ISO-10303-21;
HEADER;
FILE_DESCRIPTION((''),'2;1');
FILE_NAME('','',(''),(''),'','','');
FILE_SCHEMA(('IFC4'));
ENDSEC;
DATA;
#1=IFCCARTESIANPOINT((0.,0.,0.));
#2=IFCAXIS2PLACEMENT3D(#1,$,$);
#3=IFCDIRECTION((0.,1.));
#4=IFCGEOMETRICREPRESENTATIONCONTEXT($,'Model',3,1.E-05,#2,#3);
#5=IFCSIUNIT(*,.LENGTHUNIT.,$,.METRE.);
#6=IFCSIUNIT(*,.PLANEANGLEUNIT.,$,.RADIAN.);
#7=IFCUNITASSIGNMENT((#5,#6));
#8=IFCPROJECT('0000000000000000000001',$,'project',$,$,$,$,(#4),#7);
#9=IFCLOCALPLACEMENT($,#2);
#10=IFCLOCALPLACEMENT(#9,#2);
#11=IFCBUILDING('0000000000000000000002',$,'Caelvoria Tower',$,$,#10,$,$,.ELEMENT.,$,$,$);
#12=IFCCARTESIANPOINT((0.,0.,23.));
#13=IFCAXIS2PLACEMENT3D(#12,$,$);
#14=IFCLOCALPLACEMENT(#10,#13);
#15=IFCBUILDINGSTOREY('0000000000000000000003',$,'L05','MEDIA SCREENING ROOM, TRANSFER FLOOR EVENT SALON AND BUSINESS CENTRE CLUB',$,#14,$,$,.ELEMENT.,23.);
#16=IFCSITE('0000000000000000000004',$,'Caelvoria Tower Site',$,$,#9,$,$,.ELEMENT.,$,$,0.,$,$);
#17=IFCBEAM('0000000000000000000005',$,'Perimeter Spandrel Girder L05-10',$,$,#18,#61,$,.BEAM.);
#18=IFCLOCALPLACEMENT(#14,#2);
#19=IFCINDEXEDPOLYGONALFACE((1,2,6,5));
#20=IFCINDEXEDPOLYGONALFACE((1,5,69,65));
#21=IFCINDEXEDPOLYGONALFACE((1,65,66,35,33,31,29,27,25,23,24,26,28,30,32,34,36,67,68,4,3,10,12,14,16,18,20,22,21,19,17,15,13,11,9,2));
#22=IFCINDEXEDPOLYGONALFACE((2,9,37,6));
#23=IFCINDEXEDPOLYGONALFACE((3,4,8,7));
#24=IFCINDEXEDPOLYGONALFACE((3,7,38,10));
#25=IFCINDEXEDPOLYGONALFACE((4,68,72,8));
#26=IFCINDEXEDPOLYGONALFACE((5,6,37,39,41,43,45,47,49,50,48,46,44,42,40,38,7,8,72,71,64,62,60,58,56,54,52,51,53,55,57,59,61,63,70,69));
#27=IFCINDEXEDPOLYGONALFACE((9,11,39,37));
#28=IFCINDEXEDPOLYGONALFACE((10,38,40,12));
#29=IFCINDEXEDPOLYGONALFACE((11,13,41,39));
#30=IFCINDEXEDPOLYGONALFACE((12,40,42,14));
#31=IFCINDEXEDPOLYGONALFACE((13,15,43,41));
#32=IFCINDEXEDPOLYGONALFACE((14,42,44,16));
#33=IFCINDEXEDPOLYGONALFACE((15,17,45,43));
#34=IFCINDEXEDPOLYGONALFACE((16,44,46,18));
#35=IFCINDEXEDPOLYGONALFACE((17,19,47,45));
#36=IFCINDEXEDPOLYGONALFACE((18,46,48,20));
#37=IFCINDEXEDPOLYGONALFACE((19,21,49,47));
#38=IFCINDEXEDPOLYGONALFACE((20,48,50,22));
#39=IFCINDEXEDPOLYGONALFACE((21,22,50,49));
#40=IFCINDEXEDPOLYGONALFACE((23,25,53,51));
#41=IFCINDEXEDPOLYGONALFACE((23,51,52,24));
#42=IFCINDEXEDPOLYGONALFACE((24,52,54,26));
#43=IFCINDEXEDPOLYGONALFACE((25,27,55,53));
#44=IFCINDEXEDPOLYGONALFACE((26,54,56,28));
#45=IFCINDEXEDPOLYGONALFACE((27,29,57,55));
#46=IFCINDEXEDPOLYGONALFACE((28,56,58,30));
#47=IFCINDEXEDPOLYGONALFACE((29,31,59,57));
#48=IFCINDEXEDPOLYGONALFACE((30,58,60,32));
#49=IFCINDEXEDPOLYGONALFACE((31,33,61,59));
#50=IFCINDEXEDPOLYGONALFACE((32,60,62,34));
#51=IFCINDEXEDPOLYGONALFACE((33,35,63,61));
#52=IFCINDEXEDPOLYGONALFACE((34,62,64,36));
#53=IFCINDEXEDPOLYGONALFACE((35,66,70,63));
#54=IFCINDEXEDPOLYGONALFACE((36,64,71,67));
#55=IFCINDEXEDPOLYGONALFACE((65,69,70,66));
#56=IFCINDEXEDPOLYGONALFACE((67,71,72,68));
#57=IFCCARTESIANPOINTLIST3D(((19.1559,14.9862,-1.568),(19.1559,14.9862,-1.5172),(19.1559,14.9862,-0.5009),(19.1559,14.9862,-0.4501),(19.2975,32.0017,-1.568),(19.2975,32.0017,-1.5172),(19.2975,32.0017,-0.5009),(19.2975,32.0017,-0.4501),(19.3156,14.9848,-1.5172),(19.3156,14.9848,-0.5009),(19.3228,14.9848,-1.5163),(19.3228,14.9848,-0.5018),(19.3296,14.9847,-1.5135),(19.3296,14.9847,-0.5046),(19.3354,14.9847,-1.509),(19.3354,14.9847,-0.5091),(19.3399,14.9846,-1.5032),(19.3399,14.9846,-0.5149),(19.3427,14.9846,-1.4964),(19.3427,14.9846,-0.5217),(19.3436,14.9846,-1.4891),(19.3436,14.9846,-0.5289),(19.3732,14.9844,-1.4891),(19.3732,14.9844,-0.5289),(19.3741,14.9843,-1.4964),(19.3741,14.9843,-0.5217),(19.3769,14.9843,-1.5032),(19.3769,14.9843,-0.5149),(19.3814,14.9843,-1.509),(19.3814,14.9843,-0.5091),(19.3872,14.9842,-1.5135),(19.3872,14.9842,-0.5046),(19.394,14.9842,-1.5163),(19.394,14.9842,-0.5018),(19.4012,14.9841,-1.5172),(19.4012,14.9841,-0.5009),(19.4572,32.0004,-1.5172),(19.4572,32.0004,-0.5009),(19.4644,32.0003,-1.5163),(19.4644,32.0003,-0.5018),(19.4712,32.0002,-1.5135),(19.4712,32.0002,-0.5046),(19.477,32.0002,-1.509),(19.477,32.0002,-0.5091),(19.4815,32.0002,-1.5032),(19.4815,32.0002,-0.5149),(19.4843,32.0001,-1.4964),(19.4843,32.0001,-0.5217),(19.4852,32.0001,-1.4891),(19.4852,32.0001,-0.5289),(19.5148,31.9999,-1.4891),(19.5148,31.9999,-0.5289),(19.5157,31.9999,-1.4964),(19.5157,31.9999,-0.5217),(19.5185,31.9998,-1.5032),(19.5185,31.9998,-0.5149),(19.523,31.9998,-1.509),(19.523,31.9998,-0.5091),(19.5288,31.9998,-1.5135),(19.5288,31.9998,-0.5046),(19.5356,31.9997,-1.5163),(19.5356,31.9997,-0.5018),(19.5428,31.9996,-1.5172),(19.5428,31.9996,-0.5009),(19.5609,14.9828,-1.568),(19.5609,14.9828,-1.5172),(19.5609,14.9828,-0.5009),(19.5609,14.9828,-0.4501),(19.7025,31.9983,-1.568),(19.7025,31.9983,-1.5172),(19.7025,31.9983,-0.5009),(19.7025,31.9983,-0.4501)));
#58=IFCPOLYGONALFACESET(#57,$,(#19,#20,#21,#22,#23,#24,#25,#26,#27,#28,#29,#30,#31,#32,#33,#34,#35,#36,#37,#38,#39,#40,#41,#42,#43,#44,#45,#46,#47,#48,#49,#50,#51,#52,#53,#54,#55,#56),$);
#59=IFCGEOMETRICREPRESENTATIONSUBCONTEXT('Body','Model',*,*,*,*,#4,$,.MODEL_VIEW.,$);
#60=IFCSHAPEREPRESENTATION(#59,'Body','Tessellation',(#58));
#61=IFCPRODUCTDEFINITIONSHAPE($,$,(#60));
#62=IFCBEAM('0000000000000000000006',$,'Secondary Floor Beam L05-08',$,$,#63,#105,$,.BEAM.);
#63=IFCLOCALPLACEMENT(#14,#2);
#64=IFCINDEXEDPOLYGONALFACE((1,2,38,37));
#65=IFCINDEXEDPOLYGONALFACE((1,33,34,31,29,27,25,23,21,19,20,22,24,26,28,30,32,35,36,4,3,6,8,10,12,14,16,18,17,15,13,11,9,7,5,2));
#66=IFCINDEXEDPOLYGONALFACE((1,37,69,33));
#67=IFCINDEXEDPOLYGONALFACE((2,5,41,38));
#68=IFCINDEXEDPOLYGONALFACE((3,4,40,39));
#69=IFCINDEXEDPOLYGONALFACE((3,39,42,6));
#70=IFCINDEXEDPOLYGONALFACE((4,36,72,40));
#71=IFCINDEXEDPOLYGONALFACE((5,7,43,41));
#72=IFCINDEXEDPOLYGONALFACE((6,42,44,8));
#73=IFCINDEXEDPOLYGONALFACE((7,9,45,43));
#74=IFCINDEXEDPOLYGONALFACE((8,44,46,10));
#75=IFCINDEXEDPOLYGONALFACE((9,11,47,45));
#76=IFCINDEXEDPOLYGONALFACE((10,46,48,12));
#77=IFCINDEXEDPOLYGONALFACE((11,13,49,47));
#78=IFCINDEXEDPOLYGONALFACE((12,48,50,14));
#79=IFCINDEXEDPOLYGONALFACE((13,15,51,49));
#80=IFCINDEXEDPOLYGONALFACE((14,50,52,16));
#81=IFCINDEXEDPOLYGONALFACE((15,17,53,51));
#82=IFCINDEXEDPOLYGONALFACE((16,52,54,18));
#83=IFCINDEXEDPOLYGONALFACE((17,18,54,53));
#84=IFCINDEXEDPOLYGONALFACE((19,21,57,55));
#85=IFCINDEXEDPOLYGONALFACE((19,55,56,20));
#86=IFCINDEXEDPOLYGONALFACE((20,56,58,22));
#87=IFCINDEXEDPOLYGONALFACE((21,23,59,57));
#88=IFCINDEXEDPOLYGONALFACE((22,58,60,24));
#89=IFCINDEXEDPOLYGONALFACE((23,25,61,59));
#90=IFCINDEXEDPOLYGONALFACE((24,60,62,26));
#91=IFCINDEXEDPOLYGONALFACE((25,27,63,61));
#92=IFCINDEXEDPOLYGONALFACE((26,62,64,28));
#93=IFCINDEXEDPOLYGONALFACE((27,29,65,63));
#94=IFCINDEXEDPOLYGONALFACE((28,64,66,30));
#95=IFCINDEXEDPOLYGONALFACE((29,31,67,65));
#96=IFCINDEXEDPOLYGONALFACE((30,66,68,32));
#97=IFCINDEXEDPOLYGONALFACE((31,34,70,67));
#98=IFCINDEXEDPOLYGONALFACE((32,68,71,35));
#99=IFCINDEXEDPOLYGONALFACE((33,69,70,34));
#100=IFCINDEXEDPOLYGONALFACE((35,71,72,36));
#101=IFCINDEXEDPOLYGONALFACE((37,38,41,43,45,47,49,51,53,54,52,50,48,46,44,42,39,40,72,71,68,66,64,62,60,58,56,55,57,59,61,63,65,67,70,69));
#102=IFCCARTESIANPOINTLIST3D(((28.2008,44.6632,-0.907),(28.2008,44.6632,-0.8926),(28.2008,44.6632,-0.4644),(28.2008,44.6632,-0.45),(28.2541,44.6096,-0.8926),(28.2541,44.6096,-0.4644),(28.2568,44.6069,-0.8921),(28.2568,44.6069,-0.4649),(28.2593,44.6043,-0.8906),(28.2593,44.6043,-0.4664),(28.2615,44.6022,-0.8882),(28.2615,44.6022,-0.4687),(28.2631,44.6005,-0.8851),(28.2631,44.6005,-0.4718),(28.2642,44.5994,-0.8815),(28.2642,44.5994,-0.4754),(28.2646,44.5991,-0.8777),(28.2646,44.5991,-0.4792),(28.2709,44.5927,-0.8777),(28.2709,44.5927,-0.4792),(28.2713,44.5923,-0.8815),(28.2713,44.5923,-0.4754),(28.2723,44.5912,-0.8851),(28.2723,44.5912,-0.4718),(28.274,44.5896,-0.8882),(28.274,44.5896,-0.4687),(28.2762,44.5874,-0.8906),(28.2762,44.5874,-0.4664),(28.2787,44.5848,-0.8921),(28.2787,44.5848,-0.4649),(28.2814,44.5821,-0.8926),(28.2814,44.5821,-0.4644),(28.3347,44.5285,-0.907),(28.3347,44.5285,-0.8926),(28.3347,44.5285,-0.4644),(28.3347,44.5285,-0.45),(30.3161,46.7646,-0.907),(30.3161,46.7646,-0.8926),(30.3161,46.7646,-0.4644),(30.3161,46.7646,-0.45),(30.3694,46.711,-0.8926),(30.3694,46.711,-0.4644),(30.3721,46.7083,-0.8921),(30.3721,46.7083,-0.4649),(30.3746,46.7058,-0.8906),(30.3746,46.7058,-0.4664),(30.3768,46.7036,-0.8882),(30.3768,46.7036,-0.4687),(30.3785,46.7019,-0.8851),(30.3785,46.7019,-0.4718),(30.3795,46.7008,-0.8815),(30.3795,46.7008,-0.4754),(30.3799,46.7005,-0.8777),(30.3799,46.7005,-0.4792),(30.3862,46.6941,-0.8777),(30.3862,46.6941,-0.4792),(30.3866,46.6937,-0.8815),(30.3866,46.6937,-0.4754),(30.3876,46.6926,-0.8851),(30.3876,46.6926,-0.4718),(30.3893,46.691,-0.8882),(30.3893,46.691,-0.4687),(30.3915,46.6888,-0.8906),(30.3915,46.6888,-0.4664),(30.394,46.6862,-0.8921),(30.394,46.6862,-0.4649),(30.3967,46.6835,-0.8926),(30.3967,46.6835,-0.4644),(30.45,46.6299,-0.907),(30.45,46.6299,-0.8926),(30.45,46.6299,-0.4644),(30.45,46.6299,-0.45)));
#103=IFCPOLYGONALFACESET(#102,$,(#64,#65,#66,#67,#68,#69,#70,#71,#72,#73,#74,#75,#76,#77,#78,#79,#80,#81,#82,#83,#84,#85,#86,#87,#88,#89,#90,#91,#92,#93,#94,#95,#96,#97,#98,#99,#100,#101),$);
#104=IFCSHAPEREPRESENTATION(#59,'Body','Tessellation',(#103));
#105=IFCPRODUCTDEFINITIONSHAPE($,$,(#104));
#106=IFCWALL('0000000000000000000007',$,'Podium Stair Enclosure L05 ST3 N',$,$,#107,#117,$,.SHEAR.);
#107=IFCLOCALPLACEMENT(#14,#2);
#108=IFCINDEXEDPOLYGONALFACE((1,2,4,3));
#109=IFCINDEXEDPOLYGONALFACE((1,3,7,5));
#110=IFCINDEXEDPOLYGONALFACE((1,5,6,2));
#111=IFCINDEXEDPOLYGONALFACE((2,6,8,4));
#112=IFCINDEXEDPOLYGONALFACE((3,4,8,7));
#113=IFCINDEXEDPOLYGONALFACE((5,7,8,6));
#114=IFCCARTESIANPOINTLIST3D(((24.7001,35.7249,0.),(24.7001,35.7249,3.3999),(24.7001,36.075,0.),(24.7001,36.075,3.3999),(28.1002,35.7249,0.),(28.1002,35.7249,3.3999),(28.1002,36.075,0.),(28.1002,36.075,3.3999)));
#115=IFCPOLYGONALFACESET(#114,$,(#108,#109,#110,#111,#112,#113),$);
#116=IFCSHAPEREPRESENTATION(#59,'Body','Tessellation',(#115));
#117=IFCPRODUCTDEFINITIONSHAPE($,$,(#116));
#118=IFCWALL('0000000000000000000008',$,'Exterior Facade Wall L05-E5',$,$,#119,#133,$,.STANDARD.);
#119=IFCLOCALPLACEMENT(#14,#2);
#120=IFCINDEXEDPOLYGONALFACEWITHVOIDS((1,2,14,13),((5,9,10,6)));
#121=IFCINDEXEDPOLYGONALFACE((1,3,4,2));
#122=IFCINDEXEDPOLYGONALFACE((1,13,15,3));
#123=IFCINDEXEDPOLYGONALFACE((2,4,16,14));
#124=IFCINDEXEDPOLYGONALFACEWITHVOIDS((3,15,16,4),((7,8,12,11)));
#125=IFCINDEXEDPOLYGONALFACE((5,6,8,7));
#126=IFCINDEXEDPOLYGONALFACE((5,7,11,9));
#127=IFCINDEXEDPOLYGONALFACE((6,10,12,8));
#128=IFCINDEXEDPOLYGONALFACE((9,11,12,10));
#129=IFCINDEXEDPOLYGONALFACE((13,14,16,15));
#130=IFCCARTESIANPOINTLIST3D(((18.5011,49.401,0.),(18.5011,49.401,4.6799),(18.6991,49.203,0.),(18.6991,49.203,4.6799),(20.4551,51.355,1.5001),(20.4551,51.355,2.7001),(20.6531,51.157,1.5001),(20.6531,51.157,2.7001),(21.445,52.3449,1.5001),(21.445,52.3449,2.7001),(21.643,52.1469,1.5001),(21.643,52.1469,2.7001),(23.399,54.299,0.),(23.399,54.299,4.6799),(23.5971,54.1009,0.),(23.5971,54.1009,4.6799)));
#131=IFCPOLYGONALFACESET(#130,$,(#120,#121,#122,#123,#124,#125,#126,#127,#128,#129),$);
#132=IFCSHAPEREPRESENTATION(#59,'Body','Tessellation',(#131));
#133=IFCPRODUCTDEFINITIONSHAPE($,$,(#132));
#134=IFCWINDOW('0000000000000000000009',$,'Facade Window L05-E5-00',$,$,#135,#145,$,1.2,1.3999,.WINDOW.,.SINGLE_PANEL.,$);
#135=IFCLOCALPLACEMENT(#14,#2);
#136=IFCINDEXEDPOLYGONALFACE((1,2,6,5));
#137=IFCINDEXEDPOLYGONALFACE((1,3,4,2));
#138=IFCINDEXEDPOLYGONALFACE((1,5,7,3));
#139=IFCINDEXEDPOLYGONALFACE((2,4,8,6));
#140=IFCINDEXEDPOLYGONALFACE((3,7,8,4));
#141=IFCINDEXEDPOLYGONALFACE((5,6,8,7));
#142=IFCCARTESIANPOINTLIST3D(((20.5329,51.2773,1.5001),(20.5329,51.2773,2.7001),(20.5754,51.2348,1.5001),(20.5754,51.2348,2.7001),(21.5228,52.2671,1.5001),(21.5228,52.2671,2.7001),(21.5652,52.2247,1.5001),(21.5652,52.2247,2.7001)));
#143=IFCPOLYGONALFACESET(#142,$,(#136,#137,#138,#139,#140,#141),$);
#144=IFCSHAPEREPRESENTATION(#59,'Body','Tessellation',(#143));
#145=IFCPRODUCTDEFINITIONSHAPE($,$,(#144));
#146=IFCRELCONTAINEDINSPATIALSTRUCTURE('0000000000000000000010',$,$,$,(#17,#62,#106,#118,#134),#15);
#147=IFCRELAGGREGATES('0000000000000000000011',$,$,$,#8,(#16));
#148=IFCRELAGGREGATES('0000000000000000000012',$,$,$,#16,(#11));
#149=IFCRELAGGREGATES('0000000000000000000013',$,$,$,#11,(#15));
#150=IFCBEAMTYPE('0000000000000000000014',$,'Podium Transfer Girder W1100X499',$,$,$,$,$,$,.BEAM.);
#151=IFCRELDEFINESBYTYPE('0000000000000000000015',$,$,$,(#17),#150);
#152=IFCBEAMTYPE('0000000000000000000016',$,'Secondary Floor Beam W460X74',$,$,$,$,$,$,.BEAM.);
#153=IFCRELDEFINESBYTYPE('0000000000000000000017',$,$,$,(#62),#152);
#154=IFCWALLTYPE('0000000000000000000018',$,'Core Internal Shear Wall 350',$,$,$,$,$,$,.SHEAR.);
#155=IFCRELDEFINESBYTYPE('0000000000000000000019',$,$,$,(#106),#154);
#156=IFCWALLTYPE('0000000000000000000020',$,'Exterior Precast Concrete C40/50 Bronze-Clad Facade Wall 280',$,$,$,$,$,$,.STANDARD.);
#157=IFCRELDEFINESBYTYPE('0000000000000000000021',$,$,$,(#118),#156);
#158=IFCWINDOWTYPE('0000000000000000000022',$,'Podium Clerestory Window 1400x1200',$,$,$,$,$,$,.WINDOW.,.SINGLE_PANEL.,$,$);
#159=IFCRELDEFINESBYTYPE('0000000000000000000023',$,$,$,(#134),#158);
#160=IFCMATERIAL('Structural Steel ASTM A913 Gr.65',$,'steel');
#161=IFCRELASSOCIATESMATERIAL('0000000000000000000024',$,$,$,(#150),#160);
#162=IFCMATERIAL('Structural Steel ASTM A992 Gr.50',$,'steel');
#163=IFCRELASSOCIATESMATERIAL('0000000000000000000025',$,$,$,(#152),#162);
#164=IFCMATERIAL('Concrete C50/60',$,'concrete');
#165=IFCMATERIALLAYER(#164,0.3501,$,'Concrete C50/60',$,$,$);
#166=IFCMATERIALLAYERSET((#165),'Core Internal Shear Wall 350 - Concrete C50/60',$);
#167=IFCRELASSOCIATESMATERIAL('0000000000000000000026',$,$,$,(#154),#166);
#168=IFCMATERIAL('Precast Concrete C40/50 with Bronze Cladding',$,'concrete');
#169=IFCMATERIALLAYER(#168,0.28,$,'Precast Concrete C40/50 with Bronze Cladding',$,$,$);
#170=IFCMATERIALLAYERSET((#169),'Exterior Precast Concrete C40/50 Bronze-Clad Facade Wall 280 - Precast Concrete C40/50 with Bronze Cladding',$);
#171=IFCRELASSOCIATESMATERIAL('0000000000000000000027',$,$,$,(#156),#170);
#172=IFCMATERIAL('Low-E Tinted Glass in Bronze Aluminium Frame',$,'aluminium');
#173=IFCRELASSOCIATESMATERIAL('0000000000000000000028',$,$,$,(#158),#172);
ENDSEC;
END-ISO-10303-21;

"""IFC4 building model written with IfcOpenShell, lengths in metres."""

from ifc_helpers import new_model, si_unit, direction, frame, frame_2d, origin, origin_2d, place, context, subcontext, project, spatial, rectangle, i_section, extrude, material, layer, layer_set, material_profile, profile_set, type_object, element, fill, save


model = new_model("IFC4")

# Units and contexts
model_context = context("Model", 3, precision=1e-05, world=origin(), true_north=direction((0.0, 1.0)))
body_context = subcontext(model_context, "Body", "Model", "MODEL_VIEW")
ifc_project = project(units=[si_unit("LENGTHUNIT", "METRE"), si_unit("PLANEANGLEUNIT", "RADIAN")], contexts=[model_context])

# Site, building, storey
site_placement = place(None, origin())
site = spatial("IfcSite", under=ifc_project, at=site_placement, Name="Caelvoria Tower Site", CompositionType="ELEMENT", RefElevation=0.0)
building_placement = place(site_placement, origin())
building = spatial("IfcBuilding", under=site, at=building_placement, Name="Caelvoria Tower", CompositionType="ELEMENT")
storey_placement = place(building_placement, frame((0.0, 0.0, 23.0)))
storey = spatial("IfcBuildingStorey", under=building, at=storey_placement, Name="L05", Description="MEDIA SCREENING ROOM, TRANSFER FLOOR EVENT SALON AND BUSINESS CENTRE CLUB", CompositionType="ELEMENT", Elevation=23.0)

# Shared definitions
ifc_material_1 = material(Name="Structural Steel ASTM A913 Gr.65", Category="steel")

# Beams
ifc_material_profile_1 = material_profile(ifc_material_1, i_section(OverallWidth=0.405, OverallDepth=1.1179, WebThickness=0.0295, FlangeThickness=0.0508, FilletRadius=0.0281, at=origin_2d()), Name="Structural Steel ASTM A913 Gr.65")
ifc_profile_set_1 = profile_set([ifc_material_profile_1], Name="W1100X499 - Structural Steel ASTM A913 Gr.65")
beam_type_1 = type_object("IfcBeamType", Name="Podium Transfer Girder W1100X499", PredefinedType="BEAM", material=ifc_profile_set_1)
for number, where, z_axis, x_axis, name in (
    (1, (19.5, 32.0, -1.009), (-0.008322, -0.999965, 0.0), (0.999965, -0.008322, 0.0), "Perimeter Spandrel Girder L05-10"),
):
    element("IfcBeam", number, at=place(storey_placement, frame(where, z_axis=z_axis, x_axis=x_axis)), inside=storey, type_object=beam_type_1, Name=name, PredefinedType="BEAM", context=body_context, shape_type="SweptSolid", body=[
        extrude(i_section(OverallWidth=0.405, OverallDepth=1.1179, WebThickness=0.0295, FlangeThickness=0.0508, FilletRadius=0.0281, at=origin_2d()), origin(), (0.0, 0.0, 1.0), 17.0161),
    ])
ifc_material_2 = material(Name="Structural Steel ASTM A992 Gr.50", Category="steel")
ifc_material_profile_2 = material_profile(ifc_material_2, i_section(OverallWidth=0.1899, OverallDepth=0.457, WebThickness=0.009, FlangeThickness=0.0144, FilletRadius=0.0149, at=origin_2d()), Name="Structural Steel ASTM A992 Gr.50")
ifc_profile_set_2 = profile_set([ifc_material_profile_2], Name="W460X74 - Structural Steel ASTM A992 Gr.50")
beam_type_2 = type_object("IfcBeamType", Name="Secondary Floor Beam W460X74", PredefinedType="BEAM", material=ifc_profile_set_2)
beam_1_placement = place(storey_placement, frame((30.3831, 46.6973, -0.6785), z_axis=(-0.709437, -0.704769, 0.0), x_axis=(0.704769, -0.709437, 0.0)))
element("IfcBeam", 2, at=beam_1_placement, inside=storey, type_object=beam_type_2, Name="Secondary Floor Beam L05-08", PredefinedType="BEAM", context=body_context, shape_type="SweptSolid", body=[
    extrude(i_section(OverallWidth=0.1899, OverallDepth=0.457, WebThickness=0.009, FlangeThickness=0.0144, FilletRadius=0.0149, at=origin_2d()), origin(), (0.0, 0.0, 1.0), 2.9817),
])

# Wall
ifc_material_3 = material(Name="Concrete C50/60", Category="concrete")
ifc_layer_1 = layer(ifc_material_3, 0.3501, Name="Concrete C50/60")
ifc_layer_set_1 = layer_set([ifc_layer_1], Name="Core Internal Shear Wall 350 - Concrete C50/60")
wall_type_1 = type_object("IfcWallType", Name="Core Internal Shear Wall 350", PredefinedType="SHEAR", material=ifc_layer_set_1)
wall_1_placement = place(storey_placement, frame((24.7, 35.8999, 0.0), z_axis=(0.0, 0.0, 1.0), x_axis=(1.0, 0.0, 0.0)))
element("IfcWall", 3, at=wall_1_placement, inside=storey, type_object=wall_type_1, Name="Podium Stair Enclosure L05 ST3 N", PredefinedType="SHEAR", context=body_context, shape_type="SweptSolid", body=[
    extrude(rectangle(XDim=3.4001, YDim=0.3501, at=frame_2d((1.7002, 0.0))), origin(), (0.0, 0.0, 1.0), 3.3999),
])

# Wall, opening, window
ifc_material_4 = material(Name="Precast Concrete C40/50 with Bronze Cladding", Category="concrete")
ifc_layer_2 = layer(ifc_material_4, 0.28, Name="Precast Concrete C40/50 with Bronze Cladding")
ifc_layer_set_2 = layer_set([ifc_layer_2], Name="Exterior Precast Concrete C40/50 Bronze-Clad Facade Wall 280 - Precast Concrete C40/50 with Bronze Cladding")
wall_type_2 = type_object("IfcWallType", Name="Exterior Precast Concrete C40/50 Bronze-Clad Facade Wall 280", PredefinedType="STANDARD", material=ifc_layer_set_2)
wall_2_placement = place(storey_placement, frame((23.498, 54.2, 0.0), z_axis=(0.0, 0.0, 1.0), x_axis=(-0.707107, -0.707107, 0.0)))
wall_2 = element("IfcWall", 4, at=wall_2_placement, inside=storey, type_object=wall_type_2, Name="Exterior Facade Wall L05-E5", PredefinedType="STANDARD", context=body_context, shape_type="SweptSolid", body=[
    extrude(rectangle(XDim=6.9268, YDim=0.28, at=frame_2d((3.4634, 0.0))), origin(), (0.0, 0.0, 1.0), 4.6799),
])
opening_1_placement = place(wall_2_placement, frame((2.7634, 0.0, 1.5)))
opening_1 = element("IfcOpeningElement", 5, at=opening_1_placement, cuts=wall_2, PredefinedType="OPENING", context=body_context, shape_type="SweptSolid", body=[
    extrude(rectangle(XDim=1.3999, YDim=1.2, at=frame_2d((0.7, 0.6001))), frame((0.0, 0.1499, 0.0), z_axis=(0.0, -1.0, 0.0), x_axis=(1.0, 0.0, 0.0)), (0.0, 0.0, 1.0), 0.3),
])
ifc_material_5 = material(Name="Low-E Tinted Glass in Bronze Aluminium Frame", Category="aluminium")
window_type_1 = type_object("IfcWindowType", Name="Podium Clerestory Window 1400x1200", PartitioningType="SINGLE_PANEL", PredefinedType="WINDOW", material=ifc_material_5)
window_1_placement = place(opening_1_placement, origin())
window_1 = element("IfcWindow", 6, at=window_1_placement, inside=storey, type_object=window_type_1, Name="Facade Window L05-E5-00", OverallHeight=1.2, OverallWidth=1.3999, PartitioningType="SINGLE_PANEL", PredefinedType="WINDOW", context=body_context, shape_type="SweptSolid", body=[
    extrude(rectangle(XDim=1.3999, YDim=1.2, at=frame_2d((0.7, 0.6001))), frame((0.0, 0.03, 0.0), z_axis=(0.0, -1.0, 0.0), x_axis=(1.0, 0.0, 0.0)), (0.0, 0.0, 1.0), 0.0601),
])
fill(opening_1, window_1)

save(model, "model.ifc")
